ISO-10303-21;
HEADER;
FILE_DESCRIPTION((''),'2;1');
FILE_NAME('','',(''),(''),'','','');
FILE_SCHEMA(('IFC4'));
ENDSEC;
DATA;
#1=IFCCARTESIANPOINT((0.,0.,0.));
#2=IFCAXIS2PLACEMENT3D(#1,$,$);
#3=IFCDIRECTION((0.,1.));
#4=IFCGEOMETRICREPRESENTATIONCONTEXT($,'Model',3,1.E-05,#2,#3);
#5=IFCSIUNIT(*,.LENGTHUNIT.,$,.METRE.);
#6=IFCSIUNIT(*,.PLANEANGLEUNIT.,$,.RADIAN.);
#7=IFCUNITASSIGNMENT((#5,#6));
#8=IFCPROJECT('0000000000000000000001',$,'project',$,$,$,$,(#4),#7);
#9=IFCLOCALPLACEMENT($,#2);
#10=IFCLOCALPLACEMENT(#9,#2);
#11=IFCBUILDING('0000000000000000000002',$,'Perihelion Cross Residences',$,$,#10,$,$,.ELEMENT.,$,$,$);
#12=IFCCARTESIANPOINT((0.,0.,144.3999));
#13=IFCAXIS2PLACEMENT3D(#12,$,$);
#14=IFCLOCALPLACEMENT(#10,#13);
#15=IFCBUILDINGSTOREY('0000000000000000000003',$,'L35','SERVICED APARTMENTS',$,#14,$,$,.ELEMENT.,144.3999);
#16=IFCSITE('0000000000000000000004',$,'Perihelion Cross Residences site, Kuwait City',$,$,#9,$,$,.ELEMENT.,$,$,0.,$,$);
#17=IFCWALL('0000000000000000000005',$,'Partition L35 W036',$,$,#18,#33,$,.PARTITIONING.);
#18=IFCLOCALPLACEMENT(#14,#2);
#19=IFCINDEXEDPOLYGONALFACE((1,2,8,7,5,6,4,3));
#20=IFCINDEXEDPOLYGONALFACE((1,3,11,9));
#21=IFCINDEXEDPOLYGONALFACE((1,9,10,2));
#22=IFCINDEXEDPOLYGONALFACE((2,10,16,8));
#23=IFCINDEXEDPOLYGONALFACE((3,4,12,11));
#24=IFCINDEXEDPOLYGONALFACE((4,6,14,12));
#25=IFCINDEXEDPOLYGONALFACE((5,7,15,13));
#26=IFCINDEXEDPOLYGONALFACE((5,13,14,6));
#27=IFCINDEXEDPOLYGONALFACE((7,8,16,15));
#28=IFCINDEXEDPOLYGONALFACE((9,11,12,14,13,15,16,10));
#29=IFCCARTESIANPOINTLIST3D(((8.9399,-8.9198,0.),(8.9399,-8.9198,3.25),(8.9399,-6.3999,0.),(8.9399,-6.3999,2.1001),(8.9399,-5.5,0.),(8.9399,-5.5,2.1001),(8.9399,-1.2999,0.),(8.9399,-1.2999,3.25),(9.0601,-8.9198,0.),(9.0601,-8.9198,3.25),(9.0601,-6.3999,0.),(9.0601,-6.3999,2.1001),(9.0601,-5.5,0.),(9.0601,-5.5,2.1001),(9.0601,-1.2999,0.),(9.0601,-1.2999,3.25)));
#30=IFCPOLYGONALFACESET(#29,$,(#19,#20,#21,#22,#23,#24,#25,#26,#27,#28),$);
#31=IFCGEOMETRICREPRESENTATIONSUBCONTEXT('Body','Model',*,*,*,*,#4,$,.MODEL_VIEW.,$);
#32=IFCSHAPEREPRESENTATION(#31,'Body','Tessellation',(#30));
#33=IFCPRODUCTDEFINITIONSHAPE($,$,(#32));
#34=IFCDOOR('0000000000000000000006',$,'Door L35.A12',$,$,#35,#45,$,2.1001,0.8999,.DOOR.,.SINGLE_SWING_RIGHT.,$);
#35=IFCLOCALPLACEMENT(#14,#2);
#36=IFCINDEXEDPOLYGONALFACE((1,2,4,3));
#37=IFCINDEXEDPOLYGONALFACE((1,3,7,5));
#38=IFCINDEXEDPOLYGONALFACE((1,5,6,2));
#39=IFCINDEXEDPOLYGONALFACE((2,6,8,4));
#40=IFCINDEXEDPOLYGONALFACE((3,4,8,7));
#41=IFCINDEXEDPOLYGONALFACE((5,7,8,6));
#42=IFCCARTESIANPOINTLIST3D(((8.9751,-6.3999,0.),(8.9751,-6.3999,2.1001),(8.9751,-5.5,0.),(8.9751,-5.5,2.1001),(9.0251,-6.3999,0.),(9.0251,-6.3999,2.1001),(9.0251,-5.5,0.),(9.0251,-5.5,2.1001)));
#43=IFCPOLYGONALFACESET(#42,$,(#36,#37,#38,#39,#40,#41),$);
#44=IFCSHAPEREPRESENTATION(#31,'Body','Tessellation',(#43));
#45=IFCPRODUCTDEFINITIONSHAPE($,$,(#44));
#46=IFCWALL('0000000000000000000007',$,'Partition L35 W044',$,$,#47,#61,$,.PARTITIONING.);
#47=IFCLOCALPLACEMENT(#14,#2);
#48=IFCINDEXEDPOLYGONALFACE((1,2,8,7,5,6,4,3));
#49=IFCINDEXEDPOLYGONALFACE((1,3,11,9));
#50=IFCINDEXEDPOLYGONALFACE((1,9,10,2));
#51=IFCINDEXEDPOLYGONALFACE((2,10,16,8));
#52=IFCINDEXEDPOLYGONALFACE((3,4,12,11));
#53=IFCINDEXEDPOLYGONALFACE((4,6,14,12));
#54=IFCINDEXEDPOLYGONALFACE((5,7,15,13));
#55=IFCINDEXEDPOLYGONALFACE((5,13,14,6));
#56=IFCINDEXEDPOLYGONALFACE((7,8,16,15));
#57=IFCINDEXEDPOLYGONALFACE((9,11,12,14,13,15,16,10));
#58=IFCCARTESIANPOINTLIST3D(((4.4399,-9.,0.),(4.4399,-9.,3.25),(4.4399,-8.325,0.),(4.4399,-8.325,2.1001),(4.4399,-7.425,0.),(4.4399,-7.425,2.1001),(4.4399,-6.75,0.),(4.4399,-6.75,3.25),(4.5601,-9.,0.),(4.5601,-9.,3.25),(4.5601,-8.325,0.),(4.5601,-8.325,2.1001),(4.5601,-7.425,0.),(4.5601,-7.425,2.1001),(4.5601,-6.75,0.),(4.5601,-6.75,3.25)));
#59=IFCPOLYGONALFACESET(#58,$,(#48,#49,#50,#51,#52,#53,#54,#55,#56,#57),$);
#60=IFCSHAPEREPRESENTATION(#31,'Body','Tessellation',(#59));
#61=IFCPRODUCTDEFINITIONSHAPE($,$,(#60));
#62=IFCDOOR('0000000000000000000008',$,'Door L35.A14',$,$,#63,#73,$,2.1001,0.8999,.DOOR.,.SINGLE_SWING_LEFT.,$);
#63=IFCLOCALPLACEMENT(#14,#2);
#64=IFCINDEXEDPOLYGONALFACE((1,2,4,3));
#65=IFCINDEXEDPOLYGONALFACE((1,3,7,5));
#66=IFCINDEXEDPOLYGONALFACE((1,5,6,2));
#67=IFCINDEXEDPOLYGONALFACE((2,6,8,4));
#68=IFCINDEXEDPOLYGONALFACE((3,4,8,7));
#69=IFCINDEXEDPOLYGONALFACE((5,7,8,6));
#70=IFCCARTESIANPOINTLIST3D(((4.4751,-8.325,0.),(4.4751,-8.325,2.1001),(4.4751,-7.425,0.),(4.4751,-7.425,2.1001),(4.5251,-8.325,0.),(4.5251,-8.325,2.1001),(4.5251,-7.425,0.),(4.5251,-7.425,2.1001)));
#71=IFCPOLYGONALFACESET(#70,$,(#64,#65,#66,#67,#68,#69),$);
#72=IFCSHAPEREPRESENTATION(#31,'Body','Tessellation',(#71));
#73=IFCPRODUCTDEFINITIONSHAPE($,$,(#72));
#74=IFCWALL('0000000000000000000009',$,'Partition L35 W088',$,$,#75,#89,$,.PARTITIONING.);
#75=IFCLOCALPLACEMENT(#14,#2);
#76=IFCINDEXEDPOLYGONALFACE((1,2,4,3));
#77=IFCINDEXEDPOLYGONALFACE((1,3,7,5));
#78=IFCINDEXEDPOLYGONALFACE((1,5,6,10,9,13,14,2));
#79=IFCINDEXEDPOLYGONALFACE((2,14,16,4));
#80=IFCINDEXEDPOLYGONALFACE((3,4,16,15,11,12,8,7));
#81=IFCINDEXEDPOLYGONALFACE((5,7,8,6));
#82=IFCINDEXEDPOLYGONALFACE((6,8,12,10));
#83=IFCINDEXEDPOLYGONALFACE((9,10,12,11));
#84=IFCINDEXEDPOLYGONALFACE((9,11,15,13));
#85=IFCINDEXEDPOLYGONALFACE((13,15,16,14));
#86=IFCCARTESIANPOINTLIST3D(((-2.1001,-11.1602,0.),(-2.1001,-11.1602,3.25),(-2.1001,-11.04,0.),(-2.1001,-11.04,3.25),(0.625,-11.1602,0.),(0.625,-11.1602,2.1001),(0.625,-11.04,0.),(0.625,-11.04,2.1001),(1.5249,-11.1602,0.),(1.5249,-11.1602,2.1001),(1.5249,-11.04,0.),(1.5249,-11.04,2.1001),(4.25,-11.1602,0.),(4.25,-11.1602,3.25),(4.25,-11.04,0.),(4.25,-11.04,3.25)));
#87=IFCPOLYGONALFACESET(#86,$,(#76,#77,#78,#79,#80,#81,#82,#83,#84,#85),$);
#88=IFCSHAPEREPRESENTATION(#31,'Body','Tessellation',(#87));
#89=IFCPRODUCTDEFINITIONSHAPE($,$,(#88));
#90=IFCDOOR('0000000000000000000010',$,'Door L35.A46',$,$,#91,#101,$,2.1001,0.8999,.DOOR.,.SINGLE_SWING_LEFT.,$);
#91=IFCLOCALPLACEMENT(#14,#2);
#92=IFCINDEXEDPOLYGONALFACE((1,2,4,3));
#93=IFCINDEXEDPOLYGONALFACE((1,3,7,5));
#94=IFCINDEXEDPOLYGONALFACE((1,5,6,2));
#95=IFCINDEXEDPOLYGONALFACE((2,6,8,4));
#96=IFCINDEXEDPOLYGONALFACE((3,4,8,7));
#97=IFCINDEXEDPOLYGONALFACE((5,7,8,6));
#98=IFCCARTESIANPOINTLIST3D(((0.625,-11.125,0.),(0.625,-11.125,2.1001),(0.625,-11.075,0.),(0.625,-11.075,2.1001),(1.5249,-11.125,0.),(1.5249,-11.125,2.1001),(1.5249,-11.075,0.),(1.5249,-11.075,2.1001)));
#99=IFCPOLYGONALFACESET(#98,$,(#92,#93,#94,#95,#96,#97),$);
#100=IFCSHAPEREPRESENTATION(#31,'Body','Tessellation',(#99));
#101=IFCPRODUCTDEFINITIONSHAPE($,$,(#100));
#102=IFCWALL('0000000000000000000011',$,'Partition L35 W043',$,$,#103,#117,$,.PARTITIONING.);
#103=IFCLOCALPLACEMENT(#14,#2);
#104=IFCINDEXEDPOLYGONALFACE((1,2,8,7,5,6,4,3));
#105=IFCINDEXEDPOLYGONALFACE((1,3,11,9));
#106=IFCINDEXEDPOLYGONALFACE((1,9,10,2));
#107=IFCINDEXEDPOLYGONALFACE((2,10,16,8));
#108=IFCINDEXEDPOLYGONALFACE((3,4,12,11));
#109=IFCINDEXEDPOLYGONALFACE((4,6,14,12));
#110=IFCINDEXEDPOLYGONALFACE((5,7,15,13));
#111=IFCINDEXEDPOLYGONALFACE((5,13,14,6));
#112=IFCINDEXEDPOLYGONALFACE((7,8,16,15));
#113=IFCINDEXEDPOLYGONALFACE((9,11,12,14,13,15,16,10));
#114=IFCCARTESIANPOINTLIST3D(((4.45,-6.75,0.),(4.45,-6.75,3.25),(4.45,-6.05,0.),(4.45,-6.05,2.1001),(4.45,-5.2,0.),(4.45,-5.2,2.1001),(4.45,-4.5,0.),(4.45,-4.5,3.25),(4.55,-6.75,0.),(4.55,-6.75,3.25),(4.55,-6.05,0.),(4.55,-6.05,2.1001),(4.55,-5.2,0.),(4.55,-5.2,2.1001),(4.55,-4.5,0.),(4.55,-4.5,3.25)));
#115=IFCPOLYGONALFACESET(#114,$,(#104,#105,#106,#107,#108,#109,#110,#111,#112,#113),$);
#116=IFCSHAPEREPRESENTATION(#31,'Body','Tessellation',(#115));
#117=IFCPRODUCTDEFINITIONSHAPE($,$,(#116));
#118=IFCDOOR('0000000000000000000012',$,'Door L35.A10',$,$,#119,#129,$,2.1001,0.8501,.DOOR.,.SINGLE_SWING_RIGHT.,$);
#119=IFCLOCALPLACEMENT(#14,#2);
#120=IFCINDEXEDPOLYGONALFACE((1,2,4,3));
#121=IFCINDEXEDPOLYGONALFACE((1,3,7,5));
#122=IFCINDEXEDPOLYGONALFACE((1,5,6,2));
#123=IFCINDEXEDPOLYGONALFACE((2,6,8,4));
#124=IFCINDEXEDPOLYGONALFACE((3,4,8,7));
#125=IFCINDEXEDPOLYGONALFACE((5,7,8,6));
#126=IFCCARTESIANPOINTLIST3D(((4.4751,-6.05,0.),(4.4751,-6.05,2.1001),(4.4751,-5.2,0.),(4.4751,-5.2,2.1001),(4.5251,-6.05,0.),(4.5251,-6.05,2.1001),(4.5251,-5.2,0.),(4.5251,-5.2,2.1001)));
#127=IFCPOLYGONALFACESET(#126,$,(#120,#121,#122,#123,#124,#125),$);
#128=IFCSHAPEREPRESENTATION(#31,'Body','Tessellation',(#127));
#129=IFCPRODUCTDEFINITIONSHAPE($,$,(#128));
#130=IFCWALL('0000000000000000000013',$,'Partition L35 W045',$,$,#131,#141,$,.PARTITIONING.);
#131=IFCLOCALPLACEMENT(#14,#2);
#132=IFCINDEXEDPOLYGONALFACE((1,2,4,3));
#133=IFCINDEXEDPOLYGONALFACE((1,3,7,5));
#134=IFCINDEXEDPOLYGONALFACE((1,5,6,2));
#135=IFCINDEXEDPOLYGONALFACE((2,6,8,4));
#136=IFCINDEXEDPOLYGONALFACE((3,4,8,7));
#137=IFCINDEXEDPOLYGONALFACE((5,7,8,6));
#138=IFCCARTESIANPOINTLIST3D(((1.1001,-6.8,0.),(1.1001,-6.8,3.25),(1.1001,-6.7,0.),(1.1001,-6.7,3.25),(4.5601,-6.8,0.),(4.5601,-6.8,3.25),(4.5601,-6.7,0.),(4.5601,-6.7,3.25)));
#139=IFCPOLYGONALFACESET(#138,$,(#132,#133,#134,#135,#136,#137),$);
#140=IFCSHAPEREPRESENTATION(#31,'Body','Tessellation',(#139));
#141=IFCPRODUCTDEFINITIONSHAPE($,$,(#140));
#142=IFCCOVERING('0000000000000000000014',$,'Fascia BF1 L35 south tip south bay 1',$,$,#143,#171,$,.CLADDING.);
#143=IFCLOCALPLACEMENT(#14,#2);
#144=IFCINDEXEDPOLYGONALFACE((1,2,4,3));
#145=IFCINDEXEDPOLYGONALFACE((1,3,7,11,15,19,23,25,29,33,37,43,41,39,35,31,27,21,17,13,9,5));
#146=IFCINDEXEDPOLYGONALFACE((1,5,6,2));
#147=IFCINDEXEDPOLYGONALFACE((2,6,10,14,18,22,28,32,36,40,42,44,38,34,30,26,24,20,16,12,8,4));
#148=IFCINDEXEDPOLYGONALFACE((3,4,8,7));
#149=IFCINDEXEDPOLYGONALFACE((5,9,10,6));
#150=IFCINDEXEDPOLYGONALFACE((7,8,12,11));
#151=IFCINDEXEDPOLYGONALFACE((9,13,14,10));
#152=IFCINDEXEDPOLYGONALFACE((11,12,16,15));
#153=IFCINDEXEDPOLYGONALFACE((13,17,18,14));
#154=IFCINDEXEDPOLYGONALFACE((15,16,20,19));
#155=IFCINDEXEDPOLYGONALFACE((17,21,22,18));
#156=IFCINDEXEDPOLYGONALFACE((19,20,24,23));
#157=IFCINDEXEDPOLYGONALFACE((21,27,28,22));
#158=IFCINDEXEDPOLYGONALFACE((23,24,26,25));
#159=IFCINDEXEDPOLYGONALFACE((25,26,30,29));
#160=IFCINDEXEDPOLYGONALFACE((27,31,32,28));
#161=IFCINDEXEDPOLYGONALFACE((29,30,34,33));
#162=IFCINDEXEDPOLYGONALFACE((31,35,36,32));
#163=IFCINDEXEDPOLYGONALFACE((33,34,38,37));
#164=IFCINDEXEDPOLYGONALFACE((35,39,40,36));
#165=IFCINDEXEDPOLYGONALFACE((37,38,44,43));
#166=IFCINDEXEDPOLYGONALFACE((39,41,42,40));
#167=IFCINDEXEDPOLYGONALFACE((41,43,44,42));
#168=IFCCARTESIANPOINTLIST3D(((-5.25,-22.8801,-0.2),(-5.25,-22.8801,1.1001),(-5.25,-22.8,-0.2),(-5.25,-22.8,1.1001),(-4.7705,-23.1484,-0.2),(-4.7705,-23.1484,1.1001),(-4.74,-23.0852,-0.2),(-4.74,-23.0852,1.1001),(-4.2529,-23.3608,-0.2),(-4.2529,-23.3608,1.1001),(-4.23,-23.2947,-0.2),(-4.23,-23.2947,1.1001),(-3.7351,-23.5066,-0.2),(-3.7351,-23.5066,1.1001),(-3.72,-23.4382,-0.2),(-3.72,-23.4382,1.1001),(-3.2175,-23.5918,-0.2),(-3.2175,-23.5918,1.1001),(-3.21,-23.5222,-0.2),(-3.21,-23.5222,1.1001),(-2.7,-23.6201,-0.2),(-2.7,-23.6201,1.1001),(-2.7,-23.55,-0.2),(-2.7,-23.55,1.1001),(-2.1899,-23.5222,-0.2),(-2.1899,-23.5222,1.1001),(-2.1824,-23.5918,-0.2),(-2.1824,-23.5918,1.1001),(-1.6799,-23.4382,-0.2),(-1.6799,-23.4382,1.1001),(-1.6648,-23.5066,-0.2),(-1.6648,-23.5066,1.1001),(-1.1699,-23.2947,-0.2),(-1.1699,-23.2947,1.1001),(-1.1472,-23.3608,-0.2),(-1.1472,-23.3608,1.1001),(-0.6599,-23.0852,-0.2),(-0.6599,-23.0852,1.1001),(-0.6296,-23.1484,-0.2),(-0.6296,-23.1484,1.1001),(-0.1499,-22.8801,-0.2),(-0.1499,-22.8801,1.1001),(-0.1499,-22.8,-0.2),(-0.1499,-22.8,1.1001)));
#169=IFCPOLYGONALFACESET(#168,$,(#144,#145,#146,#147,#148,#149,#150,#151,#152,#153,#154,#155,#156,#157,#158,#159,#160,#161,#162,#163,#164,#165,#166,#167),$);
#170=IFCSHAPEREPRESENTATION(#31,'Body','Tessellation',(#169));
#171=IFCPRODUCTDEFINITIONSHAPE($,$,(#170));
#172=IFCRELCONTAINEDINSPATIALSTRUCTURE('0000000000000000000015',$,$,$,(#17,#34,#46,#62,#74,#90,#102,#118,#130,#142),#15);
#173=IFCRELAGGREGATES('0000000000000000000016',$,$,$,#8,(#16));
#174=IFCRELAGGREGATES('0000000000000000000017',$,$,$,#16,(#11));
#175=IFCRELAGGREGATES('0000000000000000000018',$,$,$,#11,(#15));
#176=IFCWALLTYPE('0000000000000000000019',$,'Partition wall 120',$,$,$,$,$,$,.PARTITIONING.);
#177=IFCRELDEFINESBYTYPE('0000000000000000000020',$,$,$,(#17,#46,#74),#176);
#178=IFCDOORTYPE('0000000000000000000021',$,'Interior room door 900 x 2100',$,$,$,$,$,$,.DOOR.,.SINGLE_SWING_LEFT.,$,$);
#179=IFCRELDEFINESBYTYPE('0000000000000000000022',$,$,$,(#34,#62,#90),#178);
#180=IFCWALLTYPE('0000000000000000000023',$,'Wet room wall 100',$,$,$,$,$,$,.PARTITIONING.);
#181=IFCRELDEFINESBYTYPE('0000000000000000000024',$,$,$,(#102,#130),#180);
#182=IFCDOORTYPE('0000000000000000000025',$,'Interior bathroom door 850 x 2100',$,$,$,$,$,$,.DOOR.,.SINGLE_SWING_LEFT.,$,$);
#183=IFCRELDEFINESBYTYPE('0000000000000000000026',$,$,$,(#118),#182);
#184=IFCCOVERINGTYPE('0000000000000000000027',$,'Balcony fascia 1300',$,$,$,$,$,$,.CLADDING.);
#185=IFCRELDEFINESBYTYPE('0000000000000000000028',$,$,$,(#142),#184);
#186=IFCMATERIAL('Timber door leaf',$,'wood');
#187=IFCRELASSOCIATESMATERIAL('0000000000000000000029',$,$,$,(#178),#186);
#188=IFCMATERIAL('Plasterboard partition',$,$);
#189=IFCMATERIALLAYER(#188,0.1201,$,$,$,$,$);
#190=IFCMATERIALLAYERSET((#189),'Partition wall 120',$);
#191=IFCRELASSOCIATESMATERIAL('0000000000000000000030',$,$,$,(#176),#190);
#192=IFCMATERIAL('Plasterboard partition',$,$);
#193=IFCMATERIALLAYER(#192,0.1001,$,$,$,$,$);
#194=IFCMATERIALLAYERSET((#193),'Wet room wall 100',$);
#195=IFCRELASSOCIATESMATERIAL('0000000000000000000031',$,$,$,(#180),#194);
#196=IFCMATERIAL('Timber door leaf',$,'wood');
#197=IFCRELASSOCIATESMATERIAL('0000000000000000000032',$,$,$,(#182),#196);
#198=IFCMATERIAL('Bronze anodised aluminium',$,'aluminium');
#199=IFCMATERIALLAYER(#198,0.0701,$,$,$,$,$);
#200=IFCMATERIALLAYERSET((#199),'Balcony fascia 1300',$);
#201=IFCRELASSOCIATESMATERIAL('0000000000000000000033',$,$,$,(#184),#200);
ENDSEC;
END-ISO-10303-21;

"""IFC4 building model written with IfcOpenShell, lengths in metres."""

from ifc_helpers import new_model, si_unit, direction, frame, frame_2d, origin, place, context, subcontext, project, spatial, polyline, rectangle, outline, extrude, material, layer, layer_set, type_object, element, fill, save


model = new_model("IFC4")

# Units and contexts
model_context = context("Model", 3, precision=1e-05, world=origin(), true_north=direction((0.0, 1.0)))
body_context = subcontext(model_context, "Body", "Model", "MODEL_VIEW")
ifc_project = project(units=[si_unit("LENGTHUNIT", "METRE"), si_unit("PLANEANGLEUNIT", "RADIAN")], contexts=[model_context])

# Site, building, storey
site_placement = place(None, origin())
site = spatial("IfcSite", under=ifc_project, at=site_placement, Name="Perihelion Cross Residences site, Kuwait City", CompositionType="ELEMENT", RefElevation=0.0)
building_placement = place(site_placement, origin())
building = spatial("IfcBuilding", under=site, at=building_placement, Name="Perihelion Cross Residences", CompositionType="ELEMENT")
storey_placement = place(building_placement, frame((0.0, 0.0, 144.3999)))
storey = spatial("IfcBuildingStorey", under=building, at=storey_placement, Name="L35", Description="SERVICED APARTMENTS", CompositionType="ELEMENT", Elevation=144.3999)

# Shared definitions
ifc_material_1 = material(Name="Timber door leaf", Category="wood")
door_type_1 = type_object("IfcDoorType", Name="Interior room door 900 x 2100", OperationType="SINGLE_SWING_LEFT", PredefinedType="DOOR", material=ifc_material_1)

# Shared definitions
ifc_material_2 = material(Name="Plasterboard partition")
ifc_layer_1 = layer(ifc_material_2, 0.1201)
ifc_layer_set_1 = layer_set([ifc_layer_1], Name="Partition wall 120")
wall_type_1 = type_object("IfcWallType", Name="Partition wall 120", PredefinedType="PARTITIONING", material=ifc_layer_set_1)

# Walls, openings, doors
wall_1_placement = place(storey_placement, frame((9.0, -8.9199, 0.0), z_axis=(0.0, 0.0, 1.0), x_axis=(0.0, 1.0, 0.0)))
wall_1 = element("IfcWall", 1, at=wall_1_placement, inside=storey, type_object=wall_type_1, Name="Partition L35 W036", PredefinedType="PARTITIONING", context=body_context, shape_type="SweptSolid", body=[
    extrude(rectangle(XDim=7.6199, YDim=0.1201, at=frame_2d((3.8101, 0.0))), origin(), (0.0, 0.0, 1.0), 3.25),
])
opening_1_placement = place(wall_1_placement, frame((2.52, 0.0, 0.0)))
opening_1 = element("IfcOpeningElement", 2, at=opening_1_placement, cuts=wall_1, PredefinedType="OPENING", context=body_context, shape_type="SweptSolid", body=[
    extrude(rectangle(XDim=0.8999, YDim=2.1001, at=frame_2d((0.45, 1.05))), frame((0.0, 0.0701, 0.0), z_axis=(0.0, -1.0, 0.0), x_axis=(1.0, 0.0, 0.0)), (0.0, 0.0, 1.0), 0.1401),
])
door_1_placement = place(opening_1_placement, origin())
door_1 = element("IfcDoor", 3, at=door_1_placement, inside=storey, type_object=door_type_1, Name="Door L35.A12", OperationType="SINGLE_SWING_RIGHT", OverallHeight=2.1001, OverallWidth=0.8999, PredefinedType="DOOR", context=body_context, shape_type="SweptSolid", body=[
    extrude(rectangle(XDim=0.8999, YDim=2.1001, at=frame_2d((0.45, 1.05))), frame((0.0, 0.0249, 0.0), z_axis=(0.0, -1.0, 0.0), x_axis=(1.0, 0.0, 0.0)), (0.0, 0.0, 1.0), 0.05),
])
fill(opening_1, door_1)
wall_2_placement = place(storey_placement, frame((4.5, -9.0, 0.0), z_axis=(0.0, 0.0, 1.0), x_axis=(0.0, 1.0, 0.0)))
wall_2 = element("IfcWall", 4, at=wall_2_placement, inside=storey, type_object=wall_type_1, Name="Partition L35 W044", PredefinedType="PARTITIONING", context=body_context, shape_type="SweptSolid", body=[
    extrude(rectangle(XDim=2.25, YDim=0.1201, at=frame_2d((1.125, 0.0))), origin(), (0.0, 0.0, 1.0), 3.25),
])
opening_2_placement = place(wall_2_placement, frame((0.675, 0.0, 0.0)))
opening_2 = element("IfcOpeningElement", 5, at=opening_2_placement, cuts=wall_2, PredefinedType="OPENING", context=body_context, shape_type="SweptSolid", body=[
    extrude(rectangle(XDim=0.8999, YDim=2.1001, at=frame_2d((0.45, 1.05))), frame((0.0, 0.0701, 0.0), z_axis=(0.0, -1.0, 0.0), x_axis=(1.0, 0.0, 0.0)), (0.0, 0.0, 1.0), 0.1401),
])
door_2_placement = place(opening_2_placement, origin())
door_2 = element("IfcDoor", 6, at=door_2_placement, inside=storey, type_object=door_type_1, Name="Door L35.A14", OperationType="SINGLE_SWING_LEFT", OverallHeight=2.1001, OverallWidth=0.8999, PredefinedType="DOOR", context=body_context, shape_type="SweptSolid", body=[
    extrude(rectangle(XDim=0.8999, YDim=2.1001, at=frame_2d((0.45, 1.05))), frame((0.0, 0.0249, 0.0), z_axis=(0.0, -1.0, 0.0), x_axis=(1.0, 0.0, 0.0)), (0.0, 0.0, 1.0), 0.05),
])
fill(opening_2, door_2)
wall_3_placement = place(storey_placement, frame((4.25, -11.1001, 0.0), z_axis=(0.0, 0.0, 1.0), x_axis=(-1.0, 0.0, 0.0)))
wall_3 = element("IfcWall", 7, at=wall_3_placement, inside=storey, type_object=wall_type_1, Name="Partition L35 W088", PredefinedType="PARTITIONING", context=body_context, shape_type="SweptSolid", body=[
    extrude(rectangle(XDim=6.3501, YDim=0.1201, at=frame_2d((3.175, 0.0))), origin(), (0.0, 0.0, 1.0), 3.25),
])
opening_3_placement = place(wall_3_placement, frame((2.7251, 0.0, 0.0)))
opening_3 = element("IfcOpeningElement", 8, at=opening_3_placement, cuts=wall_3, PredefinedType="OPENING", context=body_context, shape_type="SweptSolid", body=[
    extrude(rectangle(XDim=0.8999, YDim=2.1001, at=frame_2d((0.45, 1.05))), frame((0.0, 0.0701, 0.0), z_axis=(0.0, -1.0, 0.0), x_axis=(1.0, 0.0, 0.0)), (0.0, 0.0, 1.0), 0.1401),
])
door_3_placement = place(opening_3_placement, origin())
door_3 = element("IfcDoor", 9, at=door_3_placement, inside=storey, type_object=door_type_1, Name="Door L35.A46", OperationType="SINGLE_SWING_LEFT", OverallHeight=2.1001, OverallWidth=0.8999, PredefinedType="DOOR", context=body_context, shape_type="SweptSolid", body=[
    extrude(rectangle(XDim=0.8999, YDim=2.1001, at=frame_2d((0.45, 1.05))), frame((0.0, 0.0249, 0.0), z_axis=(0.0, -1.0, 0.0), x_axis=(1.0, 0.0, 0.0)), (0.0, 0.0, 1.0), 0.05),
])
fill(opening_3, door_3)
ifc_material_3 = material(Name="Plasterboard partition")
ifc_layer_2 = layer(ifc_material_3, 0.1001)
ifc_layer_set_2 = layer_set([ifc_layer_2], Name="Wet room wall 100")
wall_type_2 = type_object("IfcWallType", Name="Wet room wall 100", PredefinedType="PARTITIONING", material=ifc_layer_set_2)
wall_4_placement = place(storey_placement, frame((4.5, -6.75, 0.0), z_axis=(0.0, 0.0, 1.0), x_axis=(0.0, 1.0, 0.0)))
wall_4 = element("IfcWall", 10, at=wall_4_placement, inside=storey, type_object=wall_type_2, Name="Partition L35 W043", PredefinedType="PARTITIONING", context=body_context, shape_type="SweptSolid", body=[
    extrude(rectangle(XDim=2.25, YDim=0.1001, at=frame_2d((1.125, 0.0))), origin(), (0.0, 0.0, 1.0), 3.25),
])
opening_4_placement = place(wall_4_placement, frame((0.7, 0.0, 0.0)))
opening_4 = element("IfcOpeningElement", 11, at=opening_4_placement, cuts=wall_4, PredefinedType="OPENING", context=body_context, shape_type="SweptSolid", body=[
    extrude(rectangle(XDim=0.8501, YDim=2.1001, at=frame_2d((0.425, 1.05))), frame((0.0, 0.0601, 0.0), z_axis=(0.0, -1.0, 0.0), x_axis=(1.0, 0.0, 0.0)), (0.0, 0.0, 1.0), 0.1201),
])
ifc_material_4 = material(Name="Timber door leaf", Category="wood")
door_type_2 = type_object("IfcDoorType", Name="Interior bathroom door 850 x 2100", OperationType="SINGLE_SWING_LEFT", PredefinedType="DOOR", material=ifc_material_4)
door_4_placement = place(opening_4_placement, origin())
door_4 = element("IfcDoor", 12, at=door_4_placement, inside=storey, type_object=door_type_2, Name="Door L35.A10", OperationType="SINGLE_SWING_RIGHT", OverallHeight=2.1001, OverallWidth=0.8501, PredefinedType="DOOR", context=body_context, shape_type="SweptSolid", body=[
    extrude(rectangle(XDim=0.8501, YDim=2.1001, at=frame_2d((0.425, 1.05))), frame((0.0, 0.0249, 0.0), z_axis=(0.0, -1.0, 0.0), x_axis=(1.0, 0.0, 0.0)), (0.0, 0.0, 1.0), 0.05),
])
fill(opening_4, door_4)

# Wall
wall_5_placement = place(storey_placement, frame((4.5601, -6.75, 0.0), z_axis=(0.0, 0.0, 1.0), x_axis=(-1.0, 0.0, 0.0)))
element("IfcWall", 13, at=wall_5_placement, inside=storey, type_object=wall_type_2, Name="Partition L35 W045", PredefinedType="PARTITIONING", context=body_context, shape_type="SweptSolid", body=[
    extrude(rectangle(XDim=3.46, YDim=0.1001, at=frame_2d((1.73, 0.0))), origin(), (0.0, 0.0, 1.0), 3.25),
])

# Covering
ifc_material_5 = material(Name="Bronze anodised aluminium", Category="aluminium")
ifc_layer_3 = layer(ifc_material_5, 0.0701)
ifc_layer_set_3 = layer_set([ifc_layer_3], Name="Balcony fascia 1300")
covering_type = type_object("IfcCoveringType", Name="Balcony fascia 1300", PredefinedType="CLADDING", material=ifc_layer_set_3)
covering_1_placement = place(storey_placement, frame((0.0, 0.0, -0.2)))
element("IfcCovering", 14, at=covering_1_placement, inside=storey, type_object=covering_type, Name="Fascia BF1 L35 south tip south bay 1", PredefinedType="CLADDING", context=body_context, shape_type="SweptSolid", body=[
    extrude(outline(polyline([(-4.7705, -23.1484), (-4.2529, -23.3608), (-3.7351, -23.5066), (-3.2175, -23.5918), (-2.7, -23.6201), (-2.1824, -23.5918), (-1.6648, -23.5066), (-1.1472, -23.3608), (-0.6296, -23.1484), (-0.1499, -22.8801), (-0.1499, -22.8), (-0.6599, -23.0852), (-1.1699, -23.2947), (-1.6799, -23.4382), (-2.1899, -23.5222), (-2.7, -23.55), (-3.21, -23.5222), (-3.72, -23.4382), (-4.23, -23.2947), (-4.74, -23.0852), (-5.25, -22.8), (-5.25, -22.8801), (-4.7705, -23.1484)])), origin(), (0.0, 0.0, 1.0), 1.3),
])

save(model, "model.ifc")
